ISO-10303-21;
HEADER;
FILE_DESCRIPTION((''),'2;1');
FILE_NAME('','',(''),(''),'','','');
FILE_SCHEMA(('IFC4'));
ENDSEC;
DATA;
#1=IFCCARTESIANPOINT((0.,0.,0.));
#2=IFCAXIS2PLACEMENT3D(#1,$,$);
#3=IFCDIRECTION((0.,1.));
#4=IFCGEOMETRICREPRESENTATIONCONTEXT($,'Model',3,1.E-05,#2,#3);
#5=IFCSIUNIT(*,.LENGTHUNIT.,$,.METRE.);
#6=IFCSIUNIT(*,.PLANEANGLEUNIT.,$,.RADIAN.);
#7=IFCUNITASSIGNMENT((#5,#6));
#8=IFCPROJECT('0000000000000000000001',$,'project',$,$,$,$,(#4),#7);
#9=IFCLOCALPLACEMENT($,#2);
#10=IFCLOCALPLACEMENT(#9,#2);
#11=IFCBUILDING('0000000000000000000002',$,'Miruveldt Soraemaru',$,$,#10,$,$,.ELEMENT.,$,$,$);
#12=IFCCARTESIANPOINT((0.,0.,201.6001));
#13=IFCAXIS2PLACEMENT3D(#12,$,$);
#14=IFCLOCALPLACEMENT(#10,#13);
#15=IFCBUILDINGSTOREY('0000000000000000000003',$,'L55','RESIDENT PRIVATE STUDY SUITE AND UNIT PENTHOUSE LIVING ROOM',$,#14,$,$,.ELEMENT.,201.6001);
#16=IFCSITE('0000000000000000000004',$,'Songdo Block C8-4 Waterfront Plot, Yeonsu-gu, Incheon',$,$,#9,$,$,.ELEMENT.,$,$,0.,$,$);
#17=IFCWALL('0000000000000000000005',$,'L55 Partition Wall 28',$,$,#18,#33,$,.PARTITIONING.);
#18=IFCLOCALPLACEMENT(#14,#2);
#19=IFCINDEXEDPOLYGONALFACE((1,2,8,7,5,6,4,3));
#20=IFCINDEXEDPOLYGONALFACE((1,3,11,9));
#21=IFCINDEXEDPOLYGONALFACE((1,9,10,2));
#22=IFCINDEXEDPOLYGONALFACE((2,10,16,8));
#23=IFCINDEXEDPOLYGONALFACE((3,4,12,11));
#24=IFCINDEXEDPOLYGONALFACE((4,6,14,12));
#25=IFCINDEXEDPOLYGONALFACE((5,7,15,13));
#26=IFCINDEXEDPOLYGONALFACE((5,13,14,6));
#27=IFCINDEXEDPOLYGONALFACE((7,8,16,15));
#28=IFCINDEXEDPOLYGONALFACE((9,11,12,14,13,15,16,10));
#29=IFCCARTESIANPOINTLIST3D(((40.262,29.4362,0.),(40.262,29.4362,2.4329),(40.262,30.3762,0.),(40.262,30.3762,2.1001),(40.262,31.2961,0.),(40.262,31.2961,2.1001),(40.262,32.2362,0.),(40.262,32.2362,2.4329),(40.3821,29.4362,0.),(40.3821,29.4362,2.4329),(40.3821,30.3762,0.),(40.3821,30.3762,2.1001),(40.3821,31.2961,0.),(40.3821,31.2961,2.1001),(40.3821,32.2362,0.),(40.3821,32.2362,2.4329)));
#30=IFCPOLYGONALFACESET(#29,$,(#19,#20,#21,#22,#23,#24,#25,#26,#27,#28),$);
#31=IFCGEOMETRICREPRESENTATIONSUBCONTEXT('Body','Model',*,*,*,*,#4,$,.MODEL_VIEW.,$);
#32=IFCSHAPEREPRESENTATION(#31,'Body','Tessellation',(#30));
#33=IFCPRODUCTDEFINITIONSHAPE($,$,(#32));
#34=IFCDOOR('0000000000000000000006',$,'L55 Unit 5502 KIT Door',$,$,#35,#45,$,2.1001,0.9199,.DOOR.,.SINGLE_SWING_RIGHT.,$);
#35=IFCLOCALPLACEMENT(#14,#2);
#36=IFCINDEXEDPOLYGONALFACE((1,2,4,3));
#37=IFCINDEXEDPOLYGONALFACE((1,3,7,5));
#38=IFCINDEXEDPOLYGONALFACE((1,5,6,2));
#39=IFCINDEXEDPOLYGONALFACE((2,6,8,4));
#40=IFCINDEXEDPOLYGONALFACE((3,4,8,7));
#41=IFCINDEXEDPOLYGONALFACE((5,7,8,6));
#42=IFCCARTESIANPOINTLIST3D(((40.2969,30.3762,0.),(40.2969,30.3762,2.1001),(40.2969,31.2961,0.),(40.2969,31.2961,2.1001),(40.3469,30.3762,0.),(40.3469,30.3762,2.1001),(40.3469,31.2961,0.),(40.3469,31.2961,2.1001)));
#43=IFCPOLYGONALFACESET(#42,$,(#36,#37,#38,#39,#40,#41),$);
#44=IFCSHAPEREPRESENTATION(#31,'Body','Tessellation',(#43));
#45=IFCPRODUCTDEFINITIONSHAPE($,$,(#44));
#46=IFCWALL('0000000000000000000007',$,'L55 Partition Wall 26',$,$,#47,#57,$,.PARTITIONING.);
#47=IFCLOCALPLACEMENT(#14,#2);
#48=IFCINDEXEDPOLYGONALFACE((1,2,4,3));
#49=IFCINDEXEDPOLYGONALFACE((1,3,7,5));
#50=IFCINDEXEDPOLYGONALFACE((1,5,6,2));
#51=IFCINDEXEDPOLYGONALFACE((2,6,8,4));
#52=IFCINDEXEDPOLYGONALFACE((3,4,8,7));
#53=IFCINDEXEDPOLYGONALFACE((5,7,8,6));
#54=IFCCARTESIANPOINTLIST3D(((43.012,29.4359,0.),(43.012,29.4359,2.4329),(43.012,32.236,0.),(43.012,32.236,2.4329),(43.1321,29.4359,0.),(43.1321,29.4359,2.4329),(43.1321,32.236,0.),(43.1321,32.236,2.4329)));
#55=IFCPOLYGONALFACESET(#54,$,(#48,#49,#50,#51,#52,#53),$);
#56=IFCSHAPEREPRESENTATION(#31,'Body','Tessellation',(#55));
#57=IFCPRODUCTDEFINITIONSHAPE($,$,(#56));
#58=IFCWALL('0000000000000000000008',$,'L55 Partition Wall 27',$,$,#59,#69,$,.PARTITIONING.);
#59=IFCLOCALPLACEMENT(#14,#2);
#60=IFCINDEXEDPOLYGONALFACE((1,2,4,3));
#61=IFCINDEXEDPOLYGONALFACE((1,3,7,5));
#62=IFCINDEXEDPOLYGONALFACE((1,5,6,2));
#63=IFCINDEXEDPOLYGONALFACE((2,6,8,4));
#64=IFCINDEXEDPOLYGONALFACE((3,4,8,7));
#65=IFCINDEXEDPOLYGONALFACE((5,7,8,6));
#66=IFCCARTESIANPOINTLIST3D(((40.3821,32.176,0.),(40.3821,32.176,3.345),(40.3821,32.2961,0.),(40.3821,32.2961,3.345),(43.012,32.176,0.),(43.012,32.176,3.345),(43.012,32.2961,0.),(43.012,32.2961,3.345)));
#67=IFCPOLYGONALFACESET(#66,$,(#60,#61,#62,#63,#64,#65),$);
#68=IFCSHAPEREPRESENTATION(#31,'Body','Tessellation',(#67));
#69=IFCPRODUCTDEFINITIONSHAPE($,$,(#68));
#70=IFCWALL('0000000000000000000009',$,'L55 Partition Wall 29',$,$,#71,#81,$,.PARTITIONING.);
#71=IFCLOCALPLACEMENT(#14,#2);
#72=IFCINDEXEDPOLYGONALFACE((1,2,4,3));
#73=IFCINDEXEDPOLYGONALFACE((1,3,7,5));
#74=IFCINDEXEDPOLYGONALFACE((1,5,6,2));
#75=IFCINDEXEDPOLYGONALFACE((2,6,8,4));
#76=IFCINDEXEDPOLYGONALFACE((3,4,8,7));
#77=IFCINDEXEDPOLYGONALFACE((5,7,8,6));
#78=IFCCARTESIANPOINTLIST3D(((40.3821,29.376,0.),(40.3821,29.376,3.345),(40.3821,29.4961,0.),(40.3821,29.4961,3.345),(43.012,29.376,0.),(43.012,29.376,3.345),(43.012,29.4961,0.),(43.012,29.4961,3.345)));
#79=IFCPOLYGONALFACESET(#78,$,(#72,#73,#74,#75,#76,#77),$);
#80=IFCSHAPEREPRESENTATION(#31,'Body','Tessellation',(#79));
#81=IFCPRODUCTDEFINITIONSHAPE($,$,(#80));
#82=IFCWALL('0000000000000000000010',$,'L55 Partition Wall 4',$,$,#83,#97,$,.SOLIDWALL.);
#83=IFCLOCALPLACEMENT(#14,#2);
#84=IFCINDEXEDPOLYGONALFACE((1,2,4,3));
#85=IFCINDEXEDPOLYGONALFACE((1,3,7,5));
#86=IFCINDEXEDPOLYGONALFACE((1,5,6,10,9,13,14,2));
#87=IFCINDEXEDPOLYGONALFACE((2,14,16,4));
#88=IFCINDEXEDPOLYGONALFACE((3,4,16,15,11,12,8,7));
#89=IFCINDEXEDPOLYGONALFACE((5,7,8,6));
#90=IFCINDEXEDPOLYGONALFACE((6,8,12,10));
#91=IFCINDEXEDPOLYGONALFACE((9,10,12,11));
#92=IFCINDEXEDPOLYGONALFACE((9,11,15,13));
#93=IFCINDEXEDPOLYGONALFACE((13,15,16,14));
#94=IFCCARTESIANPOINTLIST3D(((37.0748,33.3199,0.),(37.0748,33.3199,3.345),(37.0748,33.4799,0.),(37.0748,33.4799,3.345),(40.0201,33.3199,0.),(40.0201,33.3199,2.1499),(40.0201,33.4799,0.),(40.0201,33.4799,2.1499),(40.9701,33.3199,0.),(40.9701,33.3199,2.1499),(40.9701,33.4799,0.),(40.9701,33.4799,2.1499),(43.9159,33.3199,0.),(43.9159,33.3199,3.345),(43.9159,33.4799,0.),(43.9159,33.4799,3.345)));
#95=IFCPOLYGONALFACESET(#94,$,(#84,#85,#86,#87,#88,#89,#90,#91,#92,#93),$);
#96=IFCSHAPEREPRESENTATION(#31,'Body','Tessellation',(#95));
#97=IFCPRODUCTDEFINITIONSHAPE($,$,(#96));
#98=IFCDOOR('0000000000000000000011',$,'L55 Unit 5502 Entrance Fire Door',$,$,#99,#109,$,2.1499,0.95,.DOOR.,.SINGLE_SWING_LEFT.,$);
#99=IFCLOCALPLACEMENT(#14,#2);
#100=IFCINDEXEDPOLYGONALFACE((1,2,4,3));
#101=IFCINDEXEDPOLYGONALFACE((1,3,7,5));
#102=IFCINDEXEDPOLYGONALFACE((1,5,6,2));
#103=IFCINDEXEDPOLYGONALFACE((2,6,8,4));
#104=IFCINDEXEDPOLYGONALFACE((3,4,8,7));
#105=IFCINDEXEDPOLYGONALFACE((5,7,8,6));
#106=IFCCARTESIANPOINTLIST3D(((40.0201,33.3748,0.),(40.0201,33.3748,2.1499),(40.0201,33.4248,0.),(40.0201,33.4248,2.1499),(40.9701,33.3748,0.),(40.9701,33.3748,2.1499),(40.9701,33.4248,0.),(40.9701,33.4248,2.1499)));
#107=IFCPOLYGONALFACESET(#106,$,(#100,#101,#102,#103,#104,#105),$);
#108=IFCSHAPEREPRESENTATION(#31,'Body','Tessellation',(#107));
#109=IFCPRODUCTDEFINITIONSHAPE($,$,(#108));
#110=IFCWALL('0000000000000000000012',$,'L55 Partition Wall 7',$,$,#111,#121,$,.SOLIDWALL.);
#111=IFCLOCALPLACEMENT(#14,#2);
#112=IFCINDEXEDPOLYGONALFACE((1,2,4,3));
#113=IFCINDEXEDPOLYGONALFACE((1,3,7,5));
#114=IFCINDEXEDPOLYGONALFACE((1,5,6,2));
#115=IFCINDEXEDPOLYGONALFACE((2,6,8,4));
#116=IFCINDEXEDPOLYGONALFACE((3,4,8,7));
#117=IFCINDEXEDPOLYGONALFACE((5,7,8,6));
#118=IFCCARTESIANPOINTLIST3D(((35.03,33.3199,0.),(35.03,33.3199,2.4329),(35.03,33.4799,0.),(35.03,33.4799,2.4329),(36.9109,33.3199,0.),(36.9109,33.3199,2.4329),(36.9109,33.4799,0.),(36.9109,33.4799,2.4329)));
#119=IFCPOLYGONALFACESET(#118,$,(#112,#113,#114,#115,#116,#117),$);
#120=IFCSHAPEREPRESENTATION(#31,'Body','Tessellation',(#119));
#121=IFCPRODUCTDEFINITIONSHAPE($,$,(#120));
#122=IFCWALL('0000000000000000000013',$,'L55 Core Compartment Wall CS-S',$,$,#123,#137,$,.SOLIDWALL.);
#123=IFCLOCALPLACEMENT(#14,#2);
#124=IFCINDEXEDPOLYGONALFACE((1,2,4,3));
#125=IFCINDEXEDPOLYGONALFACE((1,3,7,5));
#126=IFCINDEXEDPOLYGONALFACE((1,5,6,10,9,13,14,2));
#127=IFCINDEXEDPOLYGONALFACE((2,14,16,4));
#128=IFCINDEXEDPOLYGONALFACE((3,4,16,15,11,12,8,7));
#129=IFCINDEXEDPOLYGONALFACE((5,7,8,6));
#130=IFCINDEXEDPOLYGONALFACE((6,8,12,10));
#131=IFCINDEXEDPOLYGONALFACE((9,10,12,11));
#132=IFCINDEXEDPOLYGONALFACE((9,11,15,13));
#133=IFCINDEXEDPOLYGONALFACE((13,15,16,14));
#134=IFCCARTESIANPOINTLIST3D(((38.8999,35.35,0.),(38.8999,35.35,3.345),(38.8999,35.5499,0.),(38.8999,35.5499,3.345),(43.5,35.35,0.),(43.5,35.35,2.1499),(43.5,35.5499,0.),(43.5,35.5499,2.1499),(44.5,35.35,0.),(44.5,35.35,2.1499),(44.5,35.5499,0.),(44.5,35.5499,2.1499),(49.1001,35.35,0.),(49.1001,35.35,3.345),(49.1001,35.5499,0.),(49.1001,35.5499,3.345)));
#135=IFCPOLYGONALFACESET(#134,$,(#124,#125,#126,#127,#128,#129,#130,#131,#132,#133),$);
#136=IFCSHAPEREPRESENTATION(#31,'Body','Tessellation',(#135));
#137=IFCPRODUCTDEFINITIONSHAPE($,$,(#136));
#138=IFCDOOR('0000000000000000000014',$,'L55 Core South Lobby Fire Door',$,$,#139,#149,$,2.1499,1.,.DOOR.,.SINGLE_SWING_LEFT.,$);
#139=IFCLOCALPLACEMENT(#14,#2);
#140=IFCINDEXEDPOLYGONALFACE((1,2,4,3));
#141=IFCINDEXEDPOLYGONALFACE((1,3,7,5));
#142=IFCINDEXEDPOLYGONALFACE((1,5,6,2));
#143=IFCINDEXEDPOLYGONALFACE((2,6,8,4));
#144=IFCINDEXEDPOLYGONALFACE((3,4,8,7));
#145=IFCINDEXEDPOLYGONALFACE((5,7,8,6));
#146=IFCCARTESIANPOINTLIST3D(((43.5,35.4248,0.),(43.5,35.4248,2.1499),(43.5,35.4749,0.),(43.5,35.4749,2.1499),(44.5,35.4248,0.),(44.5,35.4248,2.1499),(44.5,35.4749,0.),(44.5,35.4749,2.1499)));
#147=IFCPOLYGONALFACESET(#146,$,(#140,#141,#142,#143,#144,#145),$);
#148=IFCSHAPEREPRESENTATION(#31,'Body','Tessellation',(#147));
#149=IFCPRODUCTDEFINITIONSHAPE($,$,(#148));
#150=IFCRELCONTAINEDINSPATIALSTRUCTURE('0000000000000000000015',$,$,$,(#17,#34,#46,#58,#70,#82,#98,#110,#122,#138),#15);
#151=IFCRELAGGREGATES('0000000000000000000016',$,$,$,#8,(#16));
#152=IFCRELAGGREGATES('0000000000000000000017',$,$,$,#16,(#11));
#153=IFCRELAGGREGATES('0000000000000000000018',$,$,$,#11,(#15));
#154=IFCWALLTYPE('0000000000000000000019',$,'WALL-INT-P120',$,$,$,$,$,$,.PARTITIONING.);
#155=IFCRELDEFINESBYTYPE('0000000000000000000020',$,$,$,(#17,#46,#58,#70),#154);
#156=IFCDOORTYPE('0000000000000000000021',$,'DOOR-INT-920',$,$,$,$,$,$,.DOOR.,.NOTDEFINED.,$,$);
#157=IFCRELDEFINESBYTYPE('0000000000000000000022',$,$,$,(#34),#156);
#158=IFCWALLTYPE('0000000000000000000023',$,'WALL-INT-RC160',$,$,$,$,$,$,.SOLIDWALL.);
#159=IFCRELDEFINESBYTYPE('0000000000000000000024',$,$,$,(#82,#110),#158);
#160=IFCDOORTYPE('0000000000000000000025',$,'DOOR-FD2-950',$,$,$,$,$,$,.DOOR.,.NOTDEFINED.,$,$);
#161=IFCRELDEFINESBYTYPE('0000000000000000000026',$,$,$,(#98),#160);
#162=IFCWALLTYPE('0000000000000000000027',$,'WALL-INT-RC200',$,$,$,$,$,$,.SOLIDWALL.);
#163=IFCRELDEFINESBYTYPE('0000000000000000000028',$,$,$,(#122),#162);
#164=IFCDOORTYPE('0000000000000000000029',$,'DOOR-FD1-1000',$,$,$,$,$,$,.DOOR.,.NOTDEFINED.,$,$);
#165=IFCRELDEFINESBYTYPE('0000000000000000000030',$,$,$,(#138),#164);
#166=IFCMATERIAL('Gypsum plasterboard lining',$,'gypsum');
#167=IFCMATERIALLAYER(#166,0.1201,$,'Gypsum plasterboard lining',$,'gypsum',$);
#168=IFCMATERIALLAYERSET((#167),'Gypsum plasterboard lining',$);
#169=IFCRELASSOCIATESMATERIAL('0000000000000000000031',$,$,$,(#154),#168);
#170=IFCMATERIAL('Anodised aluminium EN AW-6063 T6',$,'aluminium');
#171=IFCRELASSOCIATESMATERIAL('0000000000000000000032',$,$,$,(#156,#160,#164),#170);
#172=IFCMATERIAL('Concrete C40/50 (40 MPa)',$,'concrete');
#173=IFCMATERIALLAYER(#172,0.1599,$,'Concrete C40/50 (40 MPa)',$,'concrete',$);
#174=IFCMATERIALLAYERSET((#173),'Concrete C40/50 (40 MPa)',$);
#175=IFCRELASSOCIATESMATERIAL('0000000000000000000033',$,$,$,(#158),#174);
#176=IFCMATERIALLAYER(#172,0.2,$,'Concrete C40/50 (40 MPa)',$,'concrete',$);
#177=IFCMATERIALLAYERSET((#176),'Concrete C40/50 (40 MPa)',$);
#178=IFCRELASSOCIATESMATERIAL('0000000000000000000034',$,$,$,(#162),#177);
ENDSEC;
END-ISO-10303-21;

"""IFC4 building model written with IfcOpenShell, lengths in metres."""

from ifc_helpers import new_model, si_unit, direction, frame, frame_2d, origin, place, context, subcontext, project, spatial, rectangle, extrude, material, layer, layer_set, type_object, element, fill, save


model = new_model("IFC4")

# Units and contexts
model_context = context("Model", 3, precision=1e-05, world=origin(), true_north=direction((0.0, 1.0)))
body_context = subcontext(model_context, "Body", "Model", "MODEL_VIEW")
ifc_project = project(units=[si_unit("LENGTHUNIT", "METRE"), si_unit("PLANEANGLEUNIT", "RADIAN")], contexts=[model_context])

# Site, building, storey
site_placement = place(None, origin())
site = spatial("IfcSite", under=ifc_project, at=site_placement, Name="Songdo Block C8-4 Waterfront Plot, Yeonsu-gu, Incheon", CompositionType="ELEMENT", RefElevation=0.0)
building_placement = place(site_placement, origin())
building = spatial("IfcBuilding", under=site, at=building_placement, Name="Miruveldt Soraemaru", CompositionType="ELEMENT")
storey_placement = place(building_placement, frame((0.0, 0.0, 201.6001)))
storey = spatial("IfcBuildingStorey", under=building, at=storey_placement, Name="L55", Description="RESIDENT PRIVATE STUDY SUITE AND UNIT PENTHOUSE LIVING ROOM", CompositionType="ELEMENT", Elevation=201.6001)

# Wall, opening, door
ifc_material_1 = material(Name="Gypsum plasterboard lining", Category="gypsum")
ifc_layer_1 = layer(ifc_material_1, 0.1201, Name="Gypsum plasterboard lining", Category="gypsum")
ifc_layer_set_1 = layer_set([ifc_layer_1], Name="Gypsum plasterboard lining")
wall_type_1 = type_object("IfcWallType", Name="WALL-INT-P120", PredefinedType="PARTITIONING", material=ifc_layer_set_1)
ifc_material_2 = material(Name="Anodised aluminium EN AW-6063 T6", Category="aluminium")
door_type_1 = type_object("IfcDoorType", Name="DOOR-INT-920", OperationType="NOTDEFINED", PredefinedType="DOOR", material=ifc_material_2)
wall_1_placement = place(storey_placement, frame((40.322, 32.2361, 0.0), z_axis=(0.0, 0.0, 1.0), x_axis=(0.0, -1.0, 0.0)))
wall_1 = element("IfcWall", 1, at=wall_1_placement, inside=storey, type_object=wall_type_1, Name="L55 Partition Wall 28", PredefinedType="PARTITIONING", context=body_context, shape_type="SweptSolid", body=[
    extrude(rectangle(XDim=2.8, YDim=0.1201, at=frame_2d((1.3999, 0.0))), origin(), (0.0, 0.0, 1.0), 2.4329),
])
opening_1_placement = place(wall_1_placement, frame((0.9399, 0.0, 0.0)))
opening_1 = element("IfcOpeningElement", 2, at=opening_1_placement, cuts=wall_1, PredefinedType="OPENING", context=body_context, shape_type="SweptSolid", body=[
    extrude(rectangle(XDim=0.9199, YDim=2.1001, at=frame_2d((0.46, 1.05))), frame((0.0, 0.0701, 0.0), z_axis=(0.0, -1.0, 0.0), x_axis=(1.0, 0.0, 0.0)), (0.0, 0.0, 1.0), 0.1401),
])
door_1_placement = place(opening_1_placement, origin())
door_1 = element("IfcDoor", 3, at=door_1_placement, inside=storey, type_object=door_type_1, Name="L55 Unit 5502 KIT Door", OperationType="SINGLE_SWING_RIGHT", OverallHeight=2.1001, OverallWidth=0.9199, PredefinedType="DOOR", context=body_context, shape_type="SweptSolid", body=[
    extrude(rectangle(XDim=0.9199, YDim=2.1001, at=frame_2d((0.46, 1.05))), frame((0.0, 0.0249, 0.0), z_axis=(0.0, -1.0, 0.0), x_axis=(1.0, 0.0, 0.0)), (0.0, 0.0, 1.0), 0.05),
])
fill(opening_1, door_1)

# Walls
wall_2_placement = place(storey_placement, frame((43.072, 29.436, 0.0), z_axis=(0.0, 0.0, 1.0), x_axis=(0.0, 1.0, 0.0)))
element("IfcWall", 4, at=wall_2_placement, inside=storey, type_object=wall_type_1, Name="L55 Partition Wall 26", PredefinedType="PARTITIONING", context=body_context, shape_type="SweptSolid", body=[
    extrude(rectangle(XDim=2.8, YDim=0.1201, at=frame_2d((1.3999, 0.0))), origin(), (0.0, 0.0, 1.0), 2.4329),
])
for number, where, z_axis, x_axis, name in (
    (5, (43.012, 32.2361, 0.0), (0.0, 0.0, 1.0), (-1.0, 0.0, 0.0), "L55 Partition Wall 27"),
    (6, (40.3821, 29.436, 0.0), (0.0, 0.0, 1.0), (1.0, 0.0, 0.0), "L55 Partition Wall 29"),
):
    element("IfcWall", number, at=place(storey_placement, frame(where, z_axis=z_axis, x_axis=x_axis)), inside=storey, type_object=wall_type_1, Name=name, PredefinedType="PARTITIONING", context=body_context, shape_type="SweptSolid", body=[
        extrude(rectangle(XDim=2.6299, YDim=0.1201, at=frame_2d((1.3149, 0.0))), origin(), (0.0, 0.0, 1.0), 3.345),
    ])

# Wall, opening, door
ifc_material_3 = material(Name="Concrete C40/50 (40 MPa)", Category="concrete")
ifc_layer_2 = layer(ifc_material_3, 0.1599, Name="Concrete C40/50 (40 MPa)", Category="concrete")
ifc_layer_set_2 = layer_set([ifc_layer_2], Name="Concrete C40/50 (40 MPa)")
wall_type_2 = type_object("IfcWallType", Name="WALL-INT-RC160", PredefinedType="SOLIDWALL", material=ifc_layer_set_2)
wall_3_placement = place(storey_placement, frame((37.075, 33.3999, 0.0), z_axis=(0.0, 0.0, 1.0), x_axis=(1.0, 0.0, 0.0)))
wall_3 = element("IfcWall", 7, at=wall_3_placement, inside=storey, type_object=wall_type_2, Name="L55 Partition Wall 4", PredefinedType="SOLIDWALL", context=body_context, shape_type="SweptSolid", body=[
    extrude(rectangle(XDim=6.8411, YDim=0.1599, at=frame_2d((3.4204, 0.0))), origin(), (0.0, 0.0, 1.0), 3.345),
])
opening_2_placement = place(wall_3_placement, frame((2.9451, 0.0, 0.0)))
opening_2 = element("IfcOpeningElement", 8, at=opening_2_placement, cuts=wall_3, PredefinedType="OPENING", context=body_context, shape_type="SweptSolid", body=[
    extrude(rectangle(XDim=0.95, YDim=2.1499, at=frame_2d((0.4751, 1.075))), frame((0.0, 0.0898, 0.0), z_axis=(0.0, -1.0, 0.0), x_axis=(1.0, 0.0, 0.0)), (0.0, 0.0, 1.0), 0.1799),
])
door_type_2 = type_object("IfcDoorType", Name="DOOR-FD2-950", OperationType="NOTDEFINED", PredefinedType="DOOR", material=ifc_material_2)
door_2_placement = place(opening_2_placement, origin())
door_2 = element("IfcDoor", 9, at=door_2_placement, inside=storey, type_object=door_type_2, Name="L55 Unit 5502 Entrance Fire Door", OperationType="SINGLE_SWING_LEFT", OverallHeight=2.1499, OverallWidth=0.95, PredefinedType="DOOR", context=body_context, shape_type="SweptSolid", body=[
    extrude(rectangle(XDim=0.95, YDim=2.1499, at=frame_2d((0.4751, 1.075))), frame((0.0, 0.0249, 0.0), z_axis=(0.0, -1.0, 0.0), x_axis=(1.0, 0.0, 0.0)), (0.0, 0.0, 1.0), 0.05),
])
fill(opening_2, door_2)

# Wall
wall_4_placement = place(storey_placement, frame((35.03, 33.3999, 0.0), z_axis=(0.0, 0.0, 1.0), x_axis=(1.0, 0.0, 0.0)))
element("IfcWall", 10, at=wall_4_placement, inside=storey, type_object=wall_type_2, Name="L55 Partition Wall 7", PredefinedType="SOLIDWALL", context=body_context, shape_type="SweptSolid", body=[
    extrude(rectangle(XDim=1.8809, YDim=0.1599, at=frame_2d((0.9404, 0.0))), origin(), (0.0, 0.0, 1.0), 2.4329),
])

# Wall, opening, door
ifc_layer_3 = layer(ifc_material_3, 0.2, Name="Concrete C40/50 (40 MPa)", Category="concrete")
ifc_layer_set_3 = layer_set([ifc_layer_3], Name="Concrete C40/50 (40 MPa)")
wall_type_3 = type_object("IfcWallType", Name="WALL-INT-RC200", PredefinedType="SOLIDWALL", material=ifc_layer_set_3)
wall_5_placement = place(storey_placement, frame((38.8999, 35.45, 0.0), z_axis=(0.0, 0.0, 1.0), x_axis=(1.0, 0.0, 0.0)))
wall_5 = element("IfcWall", 11, at=wall_5_placement, inside=storey, type_object=wall_type_3, Name="L55 Core Compartment Wall CS-S", PredefinedType="SOLIDWALL", context=body_context, shape_type="SweptSolid", body=[
    extrude(rectangle(XDim=10.2002, YDim=0.2, at=frame_2d((5.1001, 0.0))), origin(), (0.0, 0.0, 1.0), 3.345),
])
opening_3_placement = place(wall_5_placement, frame((4.6001, 0.0, 0.0)))
opening_3 = element("IfcOpeningElement", 12, at=opening_3_placement, cuts=wall_5, PredefinedType="OPENING", context=body_context, shape_type="SweptSolid", body=[
    extrude(rectangle(XDim=1.0, YDim=2.1499, at=frame_2d((0.5, 1.075))), frame((0.0, 0.1099, 0.0), z_axis=(0.0, -1.0, 0.0), x_axis=(1.0, 0.0, 0.0)), (0.0, 0.0, 1.0), 0.22),
])
door_type_3 = type_object("IfcDoorType", Name="DOOR-FD1-1000", OperationType="NOTDEFINED", PredefinedType="DOOR", material=ifc_material_2)
door_3_placement = place(opening_3_placement, origin())
door_3 = element("IfcDoor", 13, at=door_3_placement, inside=storey, type_object=door_type_3, Name="L55 Core South Lobby Fire Door", OperationType="SINGLE_SWING_LEFT", OverallHeight=2.1499, OverallWidth=1.0, PredefinedType="DOOR", context=body_context, shape_type="SweptSolid", body=[
    extrude(rectangle(XDim=1.0, YDim=2.1499, at=frame_2d((0.5, 1.075))), frame((0.0, 0.0249, 0.0), z_axis=(0.0, -1.0, 0.0), x_axis=(1.0, 0.0, 0.0)), (0.0, 0.0, 1.0), 0.05),
])
fill(opening_3, door_3)

save(model, "model.ifc")
